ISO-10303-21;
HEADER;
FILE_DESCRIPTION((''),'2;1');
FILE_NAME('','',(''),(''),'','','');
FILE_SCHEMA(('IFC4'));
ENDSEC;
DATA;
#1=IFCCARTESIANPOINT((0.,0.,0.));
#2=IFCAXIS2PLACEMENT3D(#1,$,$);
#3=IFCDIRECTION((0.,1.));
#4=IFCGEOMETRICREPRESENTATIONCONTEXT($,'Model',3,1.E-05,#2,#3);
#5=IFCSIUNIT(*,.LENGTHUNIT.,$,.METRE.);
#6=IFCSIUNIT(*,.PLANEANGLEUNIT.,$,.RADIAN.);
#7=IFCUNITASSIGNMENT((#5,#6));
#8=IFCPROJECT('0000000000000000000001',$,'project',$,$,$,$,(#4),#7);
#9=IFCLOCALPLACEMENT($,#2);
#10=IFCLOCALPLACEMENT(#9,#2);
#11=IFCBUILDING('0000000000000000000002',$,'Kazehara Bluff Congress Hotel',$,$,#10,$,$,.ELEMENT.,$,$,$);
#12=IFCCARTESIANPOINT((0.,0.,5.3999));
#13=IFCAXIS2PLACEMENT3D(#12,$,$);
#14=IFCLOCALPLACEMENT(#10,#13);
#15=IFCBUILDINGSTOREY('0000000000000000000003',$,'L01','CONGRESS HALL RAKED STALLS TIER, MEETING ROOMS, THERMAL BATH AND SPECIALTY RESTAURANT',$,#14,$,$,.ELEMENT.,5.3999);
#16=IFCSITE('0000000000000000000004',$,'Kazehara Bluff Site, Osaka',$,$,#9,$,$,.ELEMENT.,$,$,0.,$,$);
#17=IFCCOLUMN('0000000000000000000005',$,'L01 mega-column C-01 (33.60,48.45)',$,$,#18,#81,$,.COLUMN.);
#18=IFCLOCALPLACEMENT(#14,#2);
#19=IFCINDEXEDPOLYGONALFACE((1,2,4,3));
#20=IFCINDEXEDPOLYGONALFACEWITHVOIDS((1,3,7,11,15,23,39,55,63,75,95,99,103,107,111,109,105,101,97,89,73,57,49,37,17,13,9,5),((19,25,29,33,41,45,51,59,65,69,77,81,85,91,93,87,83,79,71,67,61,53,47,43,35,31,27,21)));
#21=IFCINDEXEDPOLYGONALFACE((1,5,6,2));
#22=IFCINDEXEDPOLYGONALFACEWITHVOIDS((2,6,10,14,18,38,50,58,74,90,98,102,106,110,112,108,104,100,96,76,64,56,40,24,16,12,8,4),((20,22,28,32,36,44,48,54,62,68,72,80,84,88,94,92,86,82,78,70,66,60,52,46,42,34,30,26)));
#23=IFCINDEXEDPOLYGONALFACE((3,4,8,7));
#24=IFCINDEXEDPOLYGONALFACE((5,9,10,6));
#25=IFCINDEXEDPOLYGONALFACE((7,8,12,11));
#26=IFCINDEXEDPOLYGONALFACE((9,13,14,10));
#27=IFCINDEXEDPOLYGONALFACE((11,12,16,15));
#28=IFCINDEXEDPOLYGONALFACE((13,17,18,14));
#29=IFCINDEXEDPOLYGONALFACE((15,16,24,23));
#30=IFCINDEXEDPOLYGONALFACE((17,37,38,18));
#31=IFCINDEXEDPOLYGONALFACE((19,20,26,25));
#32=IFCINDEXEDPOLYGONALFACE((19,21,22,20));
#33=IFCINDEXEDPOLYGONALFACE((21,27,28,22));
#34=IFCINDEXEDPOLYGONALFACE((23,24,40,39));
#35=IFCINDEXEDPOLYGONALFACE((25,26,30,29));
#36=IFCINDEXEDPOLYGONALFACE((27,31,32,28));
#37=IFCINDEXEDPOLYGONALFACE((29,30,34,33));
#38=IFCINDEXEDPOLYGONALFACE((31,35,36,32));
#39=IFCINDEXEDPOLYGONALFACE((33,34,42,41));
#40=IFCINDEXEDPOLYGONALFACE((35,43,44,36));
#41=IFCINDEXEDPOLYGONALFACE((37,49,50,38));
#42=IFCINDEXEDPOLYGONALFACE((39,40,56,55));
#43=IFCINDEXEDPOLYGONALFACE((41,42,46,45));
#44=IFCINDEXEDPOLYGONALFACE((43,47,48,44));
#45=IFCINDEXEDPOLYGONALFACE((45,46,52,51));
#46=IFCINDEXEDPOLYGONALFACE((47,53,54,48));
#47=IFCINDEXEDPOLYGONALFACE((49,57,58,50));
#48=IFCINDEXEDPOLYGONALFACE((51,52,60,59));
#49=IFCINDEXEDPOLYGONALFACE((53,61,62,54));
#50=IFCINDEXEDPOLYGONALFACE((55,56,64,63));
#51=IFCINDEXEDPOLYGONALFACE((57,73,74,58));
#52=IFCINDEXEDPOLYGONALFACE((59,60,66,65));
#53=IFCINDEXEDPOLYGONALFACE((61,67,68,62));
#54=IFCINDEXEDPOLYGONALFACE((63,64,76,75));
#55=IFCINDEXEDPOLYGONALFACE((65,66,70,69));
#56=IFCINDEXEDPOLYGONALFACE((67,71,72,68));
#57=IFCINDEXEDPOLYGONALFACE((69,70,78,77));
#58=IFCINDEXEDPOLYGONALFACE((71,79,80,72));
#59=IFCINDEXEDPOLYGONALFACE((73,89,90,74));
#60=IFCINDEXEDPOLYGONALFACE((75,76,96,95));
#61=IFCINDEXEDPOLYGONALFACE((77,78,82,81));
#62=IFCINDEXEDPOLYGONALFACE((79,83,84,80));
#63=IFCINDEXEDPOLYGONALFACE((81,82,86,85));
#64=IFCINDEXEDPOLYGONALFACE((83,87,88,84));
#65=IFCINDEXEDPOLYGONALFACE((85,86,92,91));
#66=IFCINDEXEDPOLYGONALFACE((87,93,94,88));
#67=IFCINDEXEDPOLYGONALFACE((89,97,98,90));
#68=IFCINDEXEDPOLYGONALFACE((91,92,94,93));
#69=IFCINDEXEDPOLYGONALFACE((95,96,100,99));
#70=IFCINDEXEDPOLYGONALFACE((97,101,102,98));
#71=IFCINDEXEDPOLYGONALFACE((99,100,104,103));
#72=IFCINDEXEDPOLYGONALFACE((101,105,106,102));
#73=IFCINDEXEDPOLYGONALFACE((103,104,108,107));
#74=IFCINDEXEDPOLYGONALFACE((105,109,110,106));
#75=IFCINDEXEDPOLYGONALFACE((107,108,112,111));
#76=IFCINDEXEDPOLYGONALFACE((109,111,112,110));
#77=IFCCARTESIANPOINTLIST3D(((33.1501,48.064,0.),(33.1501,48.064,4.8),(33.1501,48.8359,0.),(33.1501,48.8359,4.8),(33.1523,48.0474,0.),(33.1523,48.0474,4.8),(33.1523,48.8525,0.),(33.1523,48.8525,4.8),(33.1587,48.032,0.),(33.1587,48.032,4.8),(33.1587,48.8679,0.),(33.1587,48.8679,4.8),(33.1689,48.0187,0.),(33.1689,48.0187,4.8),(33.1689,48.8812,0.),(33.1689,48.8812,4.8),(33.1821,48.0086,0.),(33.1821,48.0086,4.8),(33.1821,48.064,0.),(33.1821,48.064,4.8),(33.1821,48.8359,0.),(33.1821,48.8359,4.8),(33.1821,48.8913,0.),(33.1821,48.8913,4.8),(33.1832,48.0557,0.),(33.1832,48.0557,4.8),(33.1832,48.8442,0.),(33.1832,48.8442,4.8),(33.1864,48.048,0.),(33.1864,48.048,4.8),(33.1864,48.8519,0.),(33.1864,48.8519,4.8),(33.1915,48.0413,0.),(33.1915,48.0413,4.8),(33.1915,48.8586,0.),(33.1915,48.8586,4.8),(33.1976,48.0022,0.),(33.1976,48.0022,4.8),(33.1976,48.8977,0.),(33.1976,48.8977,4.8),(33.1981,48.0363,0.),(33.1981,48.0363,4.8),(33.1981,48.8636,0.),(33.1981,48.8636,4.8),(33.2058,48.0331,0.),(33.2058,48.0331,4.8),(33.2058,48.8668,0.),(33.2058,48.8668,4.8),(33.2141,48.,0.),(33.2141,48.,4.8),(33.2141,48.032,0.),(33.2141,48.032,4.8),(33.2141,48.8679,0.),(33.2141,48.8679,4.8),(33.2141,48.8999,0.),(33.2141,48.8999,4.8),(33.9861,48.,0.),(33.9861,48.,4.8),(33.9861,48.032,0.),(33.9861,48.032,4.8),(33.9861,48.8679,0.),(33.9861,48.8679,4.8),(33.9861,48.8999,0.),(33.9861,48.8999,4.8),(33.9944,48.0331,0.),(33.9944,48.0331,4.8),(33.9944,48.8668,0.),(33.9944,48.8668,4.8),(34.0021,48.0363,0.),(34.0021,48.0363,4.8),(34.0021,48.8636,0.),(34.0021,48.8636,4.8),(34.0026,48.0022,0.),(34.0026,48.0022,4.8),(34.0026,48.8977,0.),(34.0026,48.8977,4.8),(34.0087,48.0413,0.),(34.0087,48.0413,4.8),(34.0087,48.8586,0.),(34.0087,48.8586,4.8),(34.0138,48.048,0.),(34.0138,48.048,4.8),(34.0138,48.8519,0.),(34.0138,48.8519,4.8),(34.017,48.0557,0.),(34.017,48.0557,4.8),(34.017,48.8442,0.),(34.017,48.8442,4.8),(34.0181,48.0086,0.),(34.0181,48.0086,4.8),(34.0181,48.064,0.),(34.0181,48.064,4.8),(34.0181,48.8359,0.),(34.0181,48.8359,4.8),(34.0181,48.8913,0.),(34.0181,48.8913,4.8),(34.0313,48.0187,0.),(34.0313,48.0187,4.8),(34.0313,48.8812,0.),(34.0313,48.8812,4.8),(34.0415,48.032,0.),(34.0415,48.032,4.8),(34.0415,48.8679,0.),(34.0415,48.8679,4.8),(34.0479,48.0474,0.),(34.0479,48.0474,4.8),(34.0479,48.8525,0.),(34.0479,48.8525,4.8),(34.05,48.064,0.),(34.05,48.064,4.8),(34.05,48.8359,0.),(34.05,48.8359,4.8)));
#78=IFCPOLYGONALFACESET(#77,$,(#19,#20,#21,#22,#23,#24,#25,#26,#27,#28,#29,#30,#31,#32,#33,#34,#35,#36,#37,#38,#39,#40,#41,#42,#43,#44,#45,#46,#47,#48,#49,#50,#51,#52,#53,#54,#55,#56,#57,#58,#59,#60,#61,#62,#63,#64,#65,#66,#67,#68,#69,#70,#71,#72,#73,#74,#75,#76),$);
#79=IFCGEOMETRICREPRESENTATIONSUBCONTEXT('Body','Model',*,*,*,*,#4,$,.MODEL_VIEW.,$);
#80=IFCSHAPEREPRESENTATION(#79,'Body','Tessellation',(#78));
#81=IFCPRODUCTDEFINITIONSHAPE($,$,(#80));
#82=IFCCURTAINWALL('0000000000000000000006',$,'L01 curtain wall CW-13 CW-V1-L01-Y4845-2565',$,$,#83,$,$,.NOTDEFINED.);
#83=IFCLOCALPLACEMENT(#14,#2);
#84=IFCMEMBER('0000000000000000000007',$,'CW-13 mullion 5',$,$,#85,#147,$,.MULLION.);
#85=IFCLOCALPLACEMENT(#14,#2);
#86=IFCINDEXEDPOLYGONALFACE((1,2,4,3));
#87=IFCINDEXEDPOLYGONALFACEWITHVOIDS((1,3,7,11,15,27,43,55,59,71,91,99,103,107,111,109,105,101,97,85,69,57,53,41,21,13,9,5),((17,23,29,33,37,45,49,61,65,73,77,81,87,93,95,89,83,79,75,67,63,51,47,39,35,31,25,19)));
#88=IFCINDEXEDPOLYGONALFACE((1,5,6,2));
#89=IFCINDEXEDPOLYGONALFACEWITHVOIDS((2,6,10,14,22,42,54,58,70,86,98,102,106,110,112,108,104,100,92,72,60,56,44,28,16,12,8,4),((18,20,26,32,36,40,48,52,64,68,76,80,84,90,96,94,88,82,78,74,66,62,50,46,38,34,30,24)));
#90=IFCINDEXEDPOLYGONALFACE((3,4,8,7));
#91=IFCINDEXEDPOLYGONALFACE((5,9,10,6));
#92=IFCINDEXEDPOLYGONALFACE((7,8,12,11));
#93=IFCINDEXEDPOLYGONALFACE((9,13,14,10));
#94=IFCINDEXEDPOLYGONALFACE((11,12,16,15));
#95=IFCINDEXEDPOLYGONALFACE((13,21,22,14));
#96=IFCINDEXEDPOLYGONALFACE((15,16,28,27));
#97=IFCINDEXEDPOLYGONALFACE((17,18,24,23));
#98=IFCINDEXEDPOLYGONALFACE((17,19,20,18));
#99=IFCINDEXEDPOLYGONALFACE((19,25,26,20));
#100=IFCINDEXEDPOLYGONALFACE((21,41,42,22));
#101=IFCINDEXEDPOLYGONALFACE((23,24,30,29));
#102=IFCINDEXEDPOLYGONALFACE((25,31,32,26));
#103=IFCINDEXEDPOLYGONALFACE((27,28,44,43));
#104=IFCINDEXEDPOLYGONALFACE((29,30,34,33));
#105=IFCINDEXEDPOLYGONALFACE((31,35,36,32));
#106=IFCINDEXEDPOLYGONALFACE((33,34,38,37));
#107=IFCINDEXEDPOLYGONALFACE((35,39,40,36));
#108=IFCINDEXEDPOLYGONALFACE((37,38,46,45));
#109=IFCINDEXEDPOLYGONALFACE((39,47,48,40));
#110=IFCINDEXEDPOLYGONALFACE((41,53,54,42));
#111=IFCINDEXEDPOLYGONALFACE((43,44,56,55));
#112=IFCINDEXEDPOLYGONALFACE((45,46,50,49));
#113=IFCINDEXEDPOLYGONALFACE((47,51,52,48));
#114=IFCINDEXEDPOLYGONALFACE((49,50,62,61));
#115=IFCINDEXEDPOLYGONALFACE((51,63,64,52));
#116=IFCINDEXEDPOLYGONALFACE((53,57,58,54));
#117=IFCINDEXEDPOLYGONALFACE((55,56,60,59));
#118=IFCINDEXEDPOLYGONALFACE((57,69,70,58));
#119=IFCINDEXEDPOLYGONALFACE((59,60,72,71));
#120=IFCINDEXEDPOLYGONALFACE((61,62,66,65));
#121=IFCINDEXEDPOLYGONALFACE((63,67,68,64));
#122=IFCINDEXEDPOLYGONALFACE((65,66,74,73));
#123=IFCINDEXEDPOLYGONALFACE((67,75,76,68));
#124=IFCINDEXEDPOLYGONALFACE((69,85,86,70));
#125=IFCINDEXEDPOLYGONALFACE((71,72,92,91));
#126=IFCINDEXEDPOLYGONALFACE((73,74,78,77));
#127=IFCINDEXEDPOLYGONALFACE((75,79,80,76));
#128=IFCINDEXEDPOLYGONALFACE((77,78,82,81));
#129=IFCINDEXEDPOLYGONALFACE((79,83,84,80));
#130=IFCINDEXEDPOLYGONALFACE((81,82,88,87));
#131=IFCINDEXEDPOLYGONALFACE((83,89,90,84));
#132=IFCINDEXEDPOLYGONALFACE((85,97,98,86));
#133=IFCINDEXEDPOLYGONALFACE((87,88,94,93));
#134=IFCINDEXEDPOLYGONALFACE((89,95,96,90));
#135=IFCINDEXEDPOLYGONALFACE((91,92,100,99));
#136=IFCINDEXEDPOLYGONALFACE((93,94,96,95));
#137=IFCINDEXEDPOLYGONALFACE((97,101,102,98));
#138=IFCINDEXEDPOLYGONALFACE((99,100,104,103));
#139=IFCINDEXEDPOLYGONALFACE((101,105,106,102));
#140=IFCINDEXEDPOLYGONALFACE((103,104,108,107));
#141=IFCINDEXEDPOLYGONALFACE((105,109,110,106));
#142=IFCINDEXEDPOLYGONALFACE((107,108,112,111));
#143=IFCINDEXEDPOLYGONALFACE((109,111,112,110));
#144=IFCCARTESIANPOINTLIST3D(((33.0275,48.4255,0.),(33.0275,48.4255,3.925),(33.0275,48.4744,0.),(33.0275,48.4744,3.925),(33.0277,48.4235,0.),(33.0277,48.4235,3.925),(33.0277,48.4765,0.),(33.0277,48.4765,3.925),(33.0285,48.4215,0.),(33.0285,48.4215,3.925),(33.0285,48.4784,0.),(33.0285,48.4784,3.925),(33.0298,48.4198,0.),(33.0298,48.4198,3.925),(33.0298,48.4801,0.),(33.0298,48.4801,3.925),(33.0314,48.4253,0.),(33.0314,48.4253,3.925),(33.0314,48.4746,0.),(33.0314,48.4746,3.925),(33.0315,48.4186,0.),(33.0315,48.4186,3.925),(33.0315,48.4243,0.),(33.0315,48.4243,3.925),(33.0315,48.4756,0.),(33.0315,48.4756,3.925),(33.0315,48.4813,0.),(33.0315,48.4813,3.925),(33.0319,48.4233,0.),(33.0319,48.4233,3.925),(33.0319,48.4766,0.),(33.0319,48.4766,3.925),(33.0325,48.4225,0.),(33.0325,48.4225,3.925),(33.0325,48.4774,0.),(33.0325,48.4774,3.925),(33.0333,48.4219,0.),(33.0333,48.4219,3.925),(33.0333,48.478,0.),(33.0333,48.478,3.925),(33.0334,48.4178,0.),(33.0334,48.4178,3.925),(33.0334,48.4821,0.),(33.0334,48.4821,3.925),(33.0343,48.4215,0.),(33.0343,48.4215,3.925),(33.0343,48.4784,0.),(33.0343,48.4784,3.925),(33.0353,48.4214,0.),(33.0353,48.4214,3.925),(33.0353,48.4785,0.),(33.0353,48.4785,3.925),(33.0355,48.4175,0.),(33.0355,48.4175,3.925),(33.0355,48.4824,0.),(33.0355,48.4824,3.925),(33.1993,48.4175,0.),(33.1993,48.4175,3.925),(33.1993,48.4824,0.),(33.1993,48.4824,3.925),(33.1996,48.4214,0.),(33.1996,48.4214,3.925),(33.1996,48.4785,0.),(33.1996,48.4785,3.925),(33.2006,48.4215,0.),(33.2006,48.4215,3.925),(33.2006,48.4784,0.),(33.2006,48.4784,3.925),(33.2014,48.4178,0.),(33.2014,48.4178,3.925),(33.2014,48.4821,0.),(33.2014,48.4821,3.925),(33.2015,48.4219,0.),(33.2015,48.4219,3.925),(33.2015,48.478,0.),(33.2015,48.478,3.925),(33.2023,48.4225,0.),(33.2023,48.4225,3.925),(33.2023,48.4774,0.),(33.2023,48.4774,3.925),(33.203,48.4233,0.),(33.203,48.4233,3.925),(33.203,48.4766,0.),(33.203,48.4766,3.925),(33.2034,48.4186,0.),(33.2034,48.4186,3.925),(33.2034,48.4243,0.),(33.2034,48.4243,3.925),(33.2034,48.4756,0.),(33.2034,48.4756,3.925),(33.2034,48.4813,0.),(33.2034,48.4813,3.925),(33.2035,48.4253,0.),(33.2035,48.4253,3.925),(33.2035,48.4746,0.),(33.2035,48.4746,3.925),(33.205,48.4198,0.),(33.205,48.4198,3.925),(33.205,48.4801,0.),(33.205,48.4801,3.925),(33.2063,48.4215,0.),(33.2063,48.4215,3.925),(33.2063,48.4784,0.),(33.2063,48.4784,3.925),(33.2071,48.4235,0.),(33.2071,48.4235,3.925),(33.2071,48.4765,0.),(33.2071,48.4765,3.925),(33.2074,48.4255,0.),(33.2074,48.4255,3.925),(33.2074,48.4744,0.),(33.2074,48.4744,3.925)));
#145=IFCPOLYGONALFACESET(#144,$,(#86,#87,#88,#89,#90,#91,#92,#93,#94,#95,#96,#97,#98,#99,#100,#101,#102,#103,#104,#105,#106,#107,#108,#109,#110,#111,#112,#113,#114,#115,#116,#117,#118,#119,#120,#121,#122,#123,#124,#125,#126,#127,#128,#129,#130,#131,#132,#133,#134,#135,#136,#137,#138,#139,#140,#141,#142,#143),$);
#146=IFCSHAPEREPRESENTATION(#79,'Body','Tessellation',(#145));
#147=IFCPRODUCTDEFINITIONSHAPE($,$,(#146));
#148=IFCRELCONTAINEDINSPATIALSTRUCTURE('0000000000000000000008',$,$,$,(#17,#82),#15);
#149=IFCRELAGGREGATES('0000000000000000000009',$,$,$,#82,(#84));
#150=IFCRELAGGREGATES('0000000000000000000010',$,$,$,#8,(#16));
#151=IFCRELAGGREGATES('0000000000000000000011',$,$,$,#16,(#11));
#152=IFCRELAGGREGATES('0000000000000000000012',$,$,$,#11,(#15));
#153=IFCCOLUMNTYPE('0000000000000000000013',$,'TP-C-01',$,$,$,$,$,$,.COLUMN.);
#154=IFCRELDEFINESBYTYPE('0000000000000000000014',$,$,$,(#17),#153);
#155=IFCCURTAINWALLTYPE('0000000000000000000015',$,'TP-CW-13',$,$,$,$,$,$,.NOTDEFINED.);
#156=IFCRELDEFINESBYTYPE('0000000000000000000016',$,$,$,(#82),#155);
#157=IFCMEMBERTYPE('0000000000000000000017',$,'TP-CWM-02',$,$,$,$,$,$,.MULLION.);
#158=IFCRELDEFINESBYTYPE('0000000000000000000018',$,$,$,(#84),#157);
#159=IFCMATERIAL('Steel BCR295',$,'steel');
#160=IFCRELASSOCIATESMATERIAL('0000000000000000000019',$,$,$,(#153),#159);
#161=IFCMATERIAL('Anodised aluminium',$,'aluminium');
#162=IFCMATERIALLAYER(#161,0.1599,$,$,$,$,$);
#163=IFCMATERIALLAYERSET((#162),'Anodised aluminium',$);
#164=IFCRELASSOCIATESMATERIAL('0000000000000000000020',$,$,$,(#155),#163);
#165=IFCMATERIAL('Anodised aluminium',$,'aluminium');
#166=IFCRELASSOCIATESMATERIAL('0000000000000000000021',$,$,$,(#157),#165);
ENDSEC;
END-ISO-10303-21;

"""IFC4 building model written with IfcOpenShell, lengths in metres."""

from ifc_helpers import new_model, si_unit, direction, frame, origin, origin_2d, place, context, subcontext, project, spatial, hollow_rectangle, extrude, material, layer, layer_set, material_profile, profile_set, type_object, element, aggregate, save


model = new_model("IFC4")

# Units and contexts
model_context = context("Model", 3, precision=1e-05, world=origin(), true_north=direction((0.0, 1.0)))
body_context = subcontext(model_context, "Body", "Model", "MODEL_VIEW")
ifc_project = project(units=[si_unit("LENGTHUNIT", "METRE"), si_unit("PLANEANGLEUNIT", "RADIAN")], contexts=[model_context])

# Site, building, storey
site_placement = place(None, origin())
site = spatial("IfcSite", under=ifc_project, at=site_placement, Name="Kazehara Bluff Site, Osaka", CompositionType="ELEMENT", RefElevation=0.0)
building_placement = place(site_placement, origin())
building = spatial("IfcBuilding", under=site, at=building_placement, Name="Kazehara Bluff Congress Hotel", CompositionType="ELEMENT")
storey_placement = place(building_placement, frame((0.0, 0.0, 5.3999)))
storey = spatial("IfcBuildingStorey", under=building, at=storey_placement, Name="L01", Description="CONGRESS HALL RAKED STALLS TIER, MEETING ROOMS, THERMAL BATH AND SPECIALTY RESTAURANT", CompositionType="ELEMENT", Elevation=5.3999)

# Column
ifc_material_1 = material(Name="Steel BCR295", Category="steel")
ifc_material_profile_1 = material_profile(ifc_material_1, hollow_rectangle(XDim=0.8999, YDim=0.8999, WallThickness=0.032, InnerFilletRadius=0.032, OuterFilletRadius=0.064, at=origin_2d()))
ifc_profile_set_1 = profile_set([ifc_material_profile_1], Name="Steel BCR295")
column_type = type_object("IfcColumnType", Name="TP-C-01", PredefinedType="COLUMN", material=ifc_profile_set_1)
column_placement = place(storey_placement, frame((33.6001, 48.45, 0.0), z_axis=(0.0, 0.0, 1.0), x_axis=(1.0, 0.0, 0.0)))
element("IfcColumn", 1, at=column_placement, inside=storey, type_object=column_type, Name="L01 mega-column C-01 (33.60,48.45)", PredefinedType="COLUMN", context=body_context, shape_type="SweptSolid", body=[
    extrude(hollow_rectangle(XDim=0.8999, YDim=0.8999, WallThickness=0.032, InnerFilletRadius=0.032, OuterFilletRadius=0.064, at=origin_2d()), origin(), (0.0, 0.0, 1.0), 4.8),
])

# Curtain wall, member
ifc_material_2 = material(Name="Anodised aluminium", Category="aluminium")
ifc_layer_1 = layer(ifc_material_2, 0.1599)
ifc_layer_set_1 = layer_set([ifc_layer_1], Name="Anodised aluminium")
curtain_wall_type = type_object("IfcCurtainWallType", Name="TP-CW-13", PredefinedType="NOTDEFINED", material=ifc_layer_set_1)
curtain_wall_1_placement = place(storey_placement, origin())
curtain_wall_1 = element("IfcCurtainWall", 2, at=curtain_wall_1_placement, inside=storey, type_object=curtain_wall_type, Name="L01 curtain wall CW-13 CW-V1-L01-Y4845-2565", PredefinedType="NOTDEFINED")
ifc_material_3 = material(Name="Anodised aluminium", Category="aluminium")
ifc_material_profile_2 = material_profile(ifc_material_3, hollow_rectangle(XDim=0.0649, YDim=0.1799, WallThickness=0.0039, InnerFilletRadius=0.0039, OuterFilletRadius=0.0081, at=origin_2d()))
ifc_profile_set_2 = profile_set([ifc_material_profile_2], Name="Anodised aluminium")
member_type_1 = type_object("IfcMemberType", Name="TP-CWM-02", PredefinedType="MULLION", material=ifc_profile_set_2)
member_1_placement = place(storey_placement, frame((33.1174, 48.45, 0.0), z_axis=(0.0, 0.0, 1.0), x_axis=(0.0, 1.0, 0.0)))
member_1 = element("IfcMember", 3, at=member_1_placement, type_object=member_type_1, Name="CW-13 mullion 5", PredefinedType="MULLION", context=body_context, shape_type="SweptSolid", body=[
    extrude(hollow_rectangle(XDim=0.0649, YDim=0.1799, WallThickness=0.0039, InnerFilletRadius=0.0039, OuterFilletRadius=0.0081, at=origin_2d()), origin(), (0.0, 0.0, 1.0), 3.925),
])

aggregate(curtain_wall_1, [member_1])

save(model, "model.ifc")
